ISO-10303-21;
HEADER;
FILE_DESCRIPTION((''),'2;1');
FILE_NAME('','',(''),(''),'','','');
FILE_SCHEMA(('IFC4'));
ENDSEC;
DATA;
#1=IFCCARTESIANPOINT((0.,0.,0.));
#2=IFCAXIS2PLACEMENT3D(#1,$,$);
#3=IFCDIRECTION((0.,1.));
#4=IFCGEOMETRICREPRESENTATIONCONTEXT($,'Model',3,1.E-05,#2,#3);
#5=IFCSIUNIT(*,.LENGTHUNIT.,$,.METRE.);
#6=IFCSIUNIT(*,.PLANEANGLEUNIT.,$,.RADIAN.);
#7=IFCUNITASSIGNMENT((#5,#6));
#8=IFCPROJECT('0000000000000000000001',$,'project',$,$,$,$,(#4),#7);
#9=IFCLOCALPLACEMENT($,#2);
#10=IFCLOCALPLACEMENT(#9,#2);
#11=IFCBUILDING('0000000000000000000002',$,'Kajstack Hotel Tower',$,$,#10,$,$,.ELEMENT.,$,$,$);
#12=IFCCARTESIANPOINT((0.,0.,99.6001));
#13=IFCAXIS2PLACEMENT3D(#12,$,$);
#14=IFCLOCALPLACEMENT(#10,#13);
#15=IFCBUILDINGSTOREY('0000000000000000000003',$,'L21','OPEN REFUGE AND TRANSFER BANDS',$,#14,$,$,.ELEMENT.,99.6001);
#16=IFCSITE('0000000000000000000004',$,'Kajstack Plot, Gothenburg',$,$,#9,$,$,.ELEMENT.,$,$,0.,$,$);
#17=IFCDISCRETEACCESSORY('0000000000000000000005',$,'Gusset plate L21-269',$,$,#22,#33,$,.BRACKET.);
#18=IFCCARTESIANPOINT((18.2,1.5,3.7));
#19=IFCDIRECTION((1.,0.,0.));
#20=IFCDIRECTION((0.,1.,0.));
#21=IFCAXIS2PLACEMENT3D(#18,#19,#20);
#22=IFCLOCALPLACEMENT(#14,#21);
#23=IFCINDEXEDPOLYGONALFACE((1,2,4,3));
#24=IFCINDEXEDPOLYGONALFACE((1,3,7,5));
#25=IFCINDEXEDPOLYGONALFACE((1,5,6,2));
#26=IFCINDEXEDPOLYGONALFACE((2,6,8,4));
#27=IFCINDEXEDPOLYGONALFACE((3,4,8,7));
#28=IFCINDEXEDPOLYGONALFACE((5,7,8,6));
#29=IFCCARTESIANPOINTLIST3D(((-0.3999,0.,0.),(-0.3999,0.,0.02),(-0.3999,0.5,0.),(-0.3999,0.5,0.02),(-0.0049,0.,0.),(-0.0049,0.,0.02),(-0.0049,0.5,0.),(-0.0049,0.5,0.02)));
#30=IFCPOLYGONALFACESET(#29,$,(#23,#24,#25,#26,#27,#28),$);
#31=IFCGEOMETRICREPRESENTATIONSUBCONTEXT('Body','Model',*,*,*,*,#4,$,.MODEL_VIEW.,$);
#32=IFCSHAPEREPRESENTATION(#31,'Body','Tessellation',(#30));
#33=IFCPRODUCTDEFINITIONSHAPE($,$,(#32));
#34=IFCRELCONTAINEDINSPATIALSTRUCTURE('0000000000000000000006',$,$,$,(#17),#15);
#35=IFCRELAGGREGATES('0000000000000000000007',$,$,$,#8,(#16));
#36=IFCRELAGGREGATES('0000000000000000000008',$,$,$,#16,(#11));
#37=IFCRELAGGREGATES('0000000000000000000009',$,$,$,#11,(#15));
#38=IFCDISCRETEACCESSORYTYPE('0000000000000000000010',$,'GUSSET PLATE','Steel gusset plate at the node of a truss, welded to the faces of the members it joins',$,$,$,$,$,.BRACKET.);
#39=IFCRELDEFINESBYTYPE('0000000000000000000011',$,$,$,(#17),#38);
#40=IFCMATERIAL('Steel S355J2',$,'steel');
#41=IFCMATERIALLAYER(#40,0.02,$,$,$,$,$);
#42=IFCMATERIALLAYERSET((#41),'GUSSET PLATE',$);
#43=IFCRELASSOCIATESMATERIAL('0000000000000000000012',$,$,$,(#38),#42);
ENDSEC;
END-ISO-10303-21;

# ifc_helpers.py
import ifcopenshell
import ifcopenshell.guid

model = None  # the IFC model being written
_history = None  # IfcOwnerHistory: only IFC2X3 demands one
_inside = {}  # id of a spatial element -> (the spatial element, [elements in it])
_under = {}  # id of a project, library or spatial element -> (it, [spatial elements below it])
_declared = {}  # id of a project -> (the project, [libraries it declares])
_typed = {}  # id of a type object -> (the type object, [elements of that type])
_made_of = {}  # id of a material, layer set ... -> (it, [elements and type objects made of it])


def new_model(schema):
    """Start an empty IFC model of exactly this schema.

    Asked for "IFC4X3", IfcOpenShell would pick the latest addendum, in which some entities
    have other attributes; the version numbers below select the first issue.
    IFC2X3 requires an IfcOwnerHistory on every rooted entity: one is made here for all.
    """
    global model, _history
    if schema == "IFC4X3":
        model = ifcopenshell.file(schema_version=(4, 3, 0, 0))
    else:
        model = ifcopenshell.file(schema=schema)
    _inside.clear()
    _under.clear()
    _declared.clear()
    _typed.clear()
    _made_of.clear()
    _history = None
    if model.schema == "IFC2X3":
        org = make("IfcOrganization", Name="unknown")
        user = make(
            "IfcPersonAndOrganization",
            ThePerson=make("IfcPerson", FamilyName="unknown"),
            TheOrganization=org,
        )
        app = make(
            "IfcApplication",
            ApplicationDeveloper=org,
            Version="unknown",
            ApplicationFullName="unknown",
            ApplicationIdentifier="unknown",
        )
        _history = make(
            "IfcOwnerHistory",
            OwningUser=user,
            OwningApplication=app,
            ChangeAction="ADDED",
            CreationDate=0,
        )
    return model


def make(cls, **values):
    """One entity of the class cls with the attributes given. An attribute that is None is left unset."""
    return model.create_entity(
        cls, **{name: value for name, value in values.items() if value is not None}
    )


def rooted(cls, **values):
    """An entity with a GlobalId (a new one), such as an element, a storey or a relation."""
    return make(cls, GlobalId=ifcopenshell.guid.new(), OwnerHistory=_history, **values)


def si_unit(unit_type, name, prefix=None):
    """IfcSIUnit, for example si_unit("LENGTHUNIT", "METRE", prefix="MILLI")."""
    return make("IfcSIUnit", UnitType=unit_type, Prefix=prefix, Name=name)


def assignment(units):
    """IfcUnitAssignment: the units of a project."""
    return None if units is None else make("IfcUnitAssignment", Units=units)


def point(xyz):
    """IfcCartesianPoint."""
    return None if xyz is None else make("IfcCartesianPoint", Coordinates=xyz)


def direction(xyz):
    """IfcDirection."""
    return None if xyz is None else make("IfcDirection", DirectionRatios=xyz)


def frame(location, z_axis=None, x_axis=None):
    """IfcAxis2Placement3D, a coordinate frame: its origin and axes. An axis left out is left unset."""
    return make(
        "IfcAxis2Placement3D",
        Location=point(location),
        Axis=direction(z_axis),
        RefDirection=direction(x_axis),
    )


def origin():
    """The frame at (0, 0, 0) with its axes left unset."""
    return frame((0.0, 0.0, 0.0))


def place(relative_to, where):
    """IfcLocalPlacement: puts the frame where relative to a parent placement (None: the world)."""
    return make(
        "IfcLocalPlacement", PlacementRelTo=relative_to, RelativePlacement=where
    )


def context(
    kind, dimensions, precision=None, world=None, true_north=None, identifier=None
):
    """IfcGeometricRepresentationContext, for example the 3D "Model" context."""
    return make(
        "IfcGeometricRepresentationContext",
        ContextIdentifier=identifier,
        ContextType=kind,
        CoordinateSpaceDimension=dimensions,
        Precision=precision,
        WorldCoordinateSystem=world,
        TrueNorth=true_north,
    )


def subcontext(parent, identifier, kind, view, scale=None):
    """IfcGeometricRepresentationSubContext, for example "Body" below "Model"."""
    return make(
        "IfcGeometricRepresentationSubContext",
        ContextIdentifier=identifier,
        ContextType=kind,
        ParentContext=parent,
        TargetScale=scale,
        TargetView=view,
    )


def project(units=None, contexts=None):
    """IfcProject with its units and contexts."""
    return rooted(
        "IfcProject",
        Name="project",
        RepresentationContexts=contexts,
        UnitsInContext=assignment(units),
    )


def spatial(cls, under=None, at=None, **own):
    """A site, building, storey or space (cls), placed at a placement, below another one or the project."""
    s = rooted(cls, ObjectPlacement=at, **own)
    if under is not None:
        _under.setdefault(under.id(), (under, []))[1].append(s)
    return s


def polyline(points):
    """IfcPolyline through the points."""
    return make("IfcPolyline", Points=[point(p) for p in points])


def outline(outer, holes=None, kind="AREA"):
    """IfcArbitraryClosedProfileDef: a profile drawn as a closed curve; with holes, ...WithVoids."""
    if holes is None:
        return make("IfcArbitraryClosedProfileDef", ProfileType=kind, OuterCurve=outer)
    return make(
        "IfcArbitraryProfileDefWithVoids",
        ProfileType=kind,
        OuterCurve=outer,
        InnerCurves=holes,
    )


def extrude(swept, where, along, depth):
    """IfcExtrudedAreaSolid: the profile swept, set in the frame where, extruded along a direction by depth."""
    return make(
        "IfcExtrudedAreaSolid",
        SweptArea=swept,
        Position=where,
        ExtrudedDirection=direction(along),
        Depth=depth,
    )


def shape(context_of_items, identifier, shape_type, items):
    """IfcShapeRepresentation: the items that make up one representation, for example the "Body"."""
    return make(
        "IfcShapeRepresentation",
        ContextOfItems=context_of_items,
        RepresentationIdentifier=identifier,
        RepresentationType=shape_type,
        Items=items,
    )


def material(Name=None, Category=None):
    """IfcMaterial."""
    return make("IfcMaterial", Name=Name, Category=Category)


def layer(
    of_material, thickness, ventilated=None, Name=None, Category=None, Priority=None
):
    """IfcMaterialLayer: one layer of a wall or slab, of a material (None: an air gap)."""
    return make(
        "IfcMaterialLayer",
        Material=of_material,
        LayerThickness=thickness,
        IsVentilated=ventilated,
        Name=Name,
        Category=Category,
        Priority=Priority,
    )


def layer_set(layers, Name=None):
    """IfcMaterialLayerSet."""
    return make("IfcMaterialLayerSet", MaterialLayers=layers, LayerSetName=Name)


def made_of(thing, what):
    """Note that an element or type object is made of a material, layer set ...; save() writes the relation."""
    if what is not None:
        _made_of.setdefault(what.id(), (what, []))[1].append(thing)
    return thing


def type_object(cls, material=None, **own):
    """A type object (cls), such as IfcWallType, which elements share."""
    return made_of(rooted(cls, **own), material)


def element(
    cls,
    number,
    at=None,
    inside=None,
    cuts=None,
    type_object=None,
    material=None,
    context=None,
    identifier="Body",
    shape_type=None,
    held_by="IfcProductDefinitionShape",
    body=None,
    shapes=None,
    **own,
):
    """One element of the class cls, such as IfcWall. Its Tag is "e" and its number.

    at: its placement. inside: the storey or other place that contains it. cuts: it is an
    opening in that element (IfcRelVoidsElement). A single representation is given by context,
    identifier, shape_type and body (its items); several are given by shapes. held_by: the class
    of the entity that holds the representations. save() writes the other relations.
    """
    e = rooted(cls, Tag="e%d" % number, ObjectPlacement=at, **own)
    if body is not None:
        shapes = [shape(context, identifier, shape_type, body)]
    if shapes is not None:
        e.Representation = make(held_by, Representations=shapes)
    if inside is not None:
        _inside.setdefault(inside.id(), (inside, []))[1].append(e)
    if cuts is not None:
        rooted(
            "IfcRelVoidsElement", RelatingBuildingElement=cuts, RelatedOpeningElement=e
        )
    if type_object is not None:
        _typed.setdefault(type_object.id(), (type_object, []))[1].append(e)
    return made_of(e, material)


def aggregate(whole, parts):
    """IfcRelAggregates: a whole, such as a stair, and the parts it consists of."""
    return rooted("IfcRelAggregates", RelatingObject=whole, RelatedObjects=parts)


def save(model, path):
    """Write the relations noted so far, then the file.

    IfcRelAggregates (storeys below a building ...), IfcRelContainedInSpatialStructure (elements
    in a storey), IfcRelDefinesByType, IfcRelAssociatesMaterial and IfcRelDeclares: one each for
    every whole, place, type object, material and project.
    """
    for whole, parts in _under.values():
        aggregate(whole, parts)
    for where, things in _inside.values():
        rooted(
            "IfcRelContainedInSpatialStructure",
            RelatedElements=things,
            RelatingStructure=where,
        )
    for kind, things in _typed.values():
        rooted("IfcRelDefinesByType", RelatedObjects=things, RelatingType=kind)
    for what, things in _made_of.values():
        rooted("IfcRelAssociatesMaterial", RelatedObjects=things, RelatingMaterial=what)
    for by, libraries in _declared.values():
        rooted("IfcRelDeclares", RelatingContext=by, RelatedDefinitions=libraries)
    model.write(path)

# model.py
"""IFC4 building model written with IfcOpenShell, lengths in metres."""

from ifc_helpers import new_model, si_unit, direction, frame, origin, place, context, subcontext, project, spatial, polyline, outline, extrude, material, layer, layer_set, type_object, element, save


model = new_model("IFC4")

# Units and contexts
model_context = context("Model", 3, precision=1e-05, world=origin(), true_north=direction((0.0, 1.0)))
body_context = subcontext(model_context, "Body", "Model", "MODEL_VIEW")
ifc_project = project(units=[si_unit("LENGTHUNIT", "METRE"), si_unit("PLANEANGLEUNIT", "RADIAN")], contexts=[model_context])

# Site, building, storey
site_placement = place(None, origin())
site = spatial("IfcSite", under=ifc_project, at=site_placement, Name="Kajstack Plot, Gothenburg", CompositionType="ELEMENT", RefElevation=0.0)
building_placement = place(site_placement, origin())
building = spatial("IfcBuilding", under=site, at=building_placement, Name="Kajstack Hotel Tower", CompositionType="ELEMENT")
storey_placement = place(building_placement, frame((0.0, 0.0, 99.6001)))
storey = spatial("IfcBuildingStorey", under=building, at=storey_placement, Name="L21", Description="OPEN REFUGE AND TRANSFER BANDS", CompositionType="ELEMENT", Elevation=99.6001)

# Shared definitions
ifc_material_1 = material(Name="Steel S355J2", Category="steel")

# Discrete accessory
ifc_layer_1 = layer(ifc_material_1, 0.02)
ifc_layer_set_1 = layer_set([ifc_layer_1], Name="GUSSET PLATE")
discrete_accessory_type_1 = type_object("IfcDiscreteAccessoryType", Name="GUSSET PLATE", Description="Steel gusset plate at the node of a truss, welded to the faces of the members it joins", PredefinedType="BRACKET", material=ifc_layer_set_1)
discrete_accessory_1_placement = place(storey_placement, frame((18.2, 1.5, 3.7), z_axis=(1.0, 0.0, 0.0), x_axis=(0.0, 1.0, 0.0)))
element("IfcDiscreteAccessory", 1, at=discrete_accessory_1_placement, inside=storey, type_object=discrete_accessory_type_1, Name="Gusset plate L21-269", PredefinedType="BRACKET", context=body_context, shape_type="SweptSolid", body=[
    extrude(outline(polyline([(-0.3999, 0.0), (-0.0049, 0.0), (-0.0049, 0.5), (-0.3999, 0.5), (-0.3999, 0.0)])), origin(), (0.0, 0.0, 1.0), 0.02),
])

save(model, "model.ifc")
